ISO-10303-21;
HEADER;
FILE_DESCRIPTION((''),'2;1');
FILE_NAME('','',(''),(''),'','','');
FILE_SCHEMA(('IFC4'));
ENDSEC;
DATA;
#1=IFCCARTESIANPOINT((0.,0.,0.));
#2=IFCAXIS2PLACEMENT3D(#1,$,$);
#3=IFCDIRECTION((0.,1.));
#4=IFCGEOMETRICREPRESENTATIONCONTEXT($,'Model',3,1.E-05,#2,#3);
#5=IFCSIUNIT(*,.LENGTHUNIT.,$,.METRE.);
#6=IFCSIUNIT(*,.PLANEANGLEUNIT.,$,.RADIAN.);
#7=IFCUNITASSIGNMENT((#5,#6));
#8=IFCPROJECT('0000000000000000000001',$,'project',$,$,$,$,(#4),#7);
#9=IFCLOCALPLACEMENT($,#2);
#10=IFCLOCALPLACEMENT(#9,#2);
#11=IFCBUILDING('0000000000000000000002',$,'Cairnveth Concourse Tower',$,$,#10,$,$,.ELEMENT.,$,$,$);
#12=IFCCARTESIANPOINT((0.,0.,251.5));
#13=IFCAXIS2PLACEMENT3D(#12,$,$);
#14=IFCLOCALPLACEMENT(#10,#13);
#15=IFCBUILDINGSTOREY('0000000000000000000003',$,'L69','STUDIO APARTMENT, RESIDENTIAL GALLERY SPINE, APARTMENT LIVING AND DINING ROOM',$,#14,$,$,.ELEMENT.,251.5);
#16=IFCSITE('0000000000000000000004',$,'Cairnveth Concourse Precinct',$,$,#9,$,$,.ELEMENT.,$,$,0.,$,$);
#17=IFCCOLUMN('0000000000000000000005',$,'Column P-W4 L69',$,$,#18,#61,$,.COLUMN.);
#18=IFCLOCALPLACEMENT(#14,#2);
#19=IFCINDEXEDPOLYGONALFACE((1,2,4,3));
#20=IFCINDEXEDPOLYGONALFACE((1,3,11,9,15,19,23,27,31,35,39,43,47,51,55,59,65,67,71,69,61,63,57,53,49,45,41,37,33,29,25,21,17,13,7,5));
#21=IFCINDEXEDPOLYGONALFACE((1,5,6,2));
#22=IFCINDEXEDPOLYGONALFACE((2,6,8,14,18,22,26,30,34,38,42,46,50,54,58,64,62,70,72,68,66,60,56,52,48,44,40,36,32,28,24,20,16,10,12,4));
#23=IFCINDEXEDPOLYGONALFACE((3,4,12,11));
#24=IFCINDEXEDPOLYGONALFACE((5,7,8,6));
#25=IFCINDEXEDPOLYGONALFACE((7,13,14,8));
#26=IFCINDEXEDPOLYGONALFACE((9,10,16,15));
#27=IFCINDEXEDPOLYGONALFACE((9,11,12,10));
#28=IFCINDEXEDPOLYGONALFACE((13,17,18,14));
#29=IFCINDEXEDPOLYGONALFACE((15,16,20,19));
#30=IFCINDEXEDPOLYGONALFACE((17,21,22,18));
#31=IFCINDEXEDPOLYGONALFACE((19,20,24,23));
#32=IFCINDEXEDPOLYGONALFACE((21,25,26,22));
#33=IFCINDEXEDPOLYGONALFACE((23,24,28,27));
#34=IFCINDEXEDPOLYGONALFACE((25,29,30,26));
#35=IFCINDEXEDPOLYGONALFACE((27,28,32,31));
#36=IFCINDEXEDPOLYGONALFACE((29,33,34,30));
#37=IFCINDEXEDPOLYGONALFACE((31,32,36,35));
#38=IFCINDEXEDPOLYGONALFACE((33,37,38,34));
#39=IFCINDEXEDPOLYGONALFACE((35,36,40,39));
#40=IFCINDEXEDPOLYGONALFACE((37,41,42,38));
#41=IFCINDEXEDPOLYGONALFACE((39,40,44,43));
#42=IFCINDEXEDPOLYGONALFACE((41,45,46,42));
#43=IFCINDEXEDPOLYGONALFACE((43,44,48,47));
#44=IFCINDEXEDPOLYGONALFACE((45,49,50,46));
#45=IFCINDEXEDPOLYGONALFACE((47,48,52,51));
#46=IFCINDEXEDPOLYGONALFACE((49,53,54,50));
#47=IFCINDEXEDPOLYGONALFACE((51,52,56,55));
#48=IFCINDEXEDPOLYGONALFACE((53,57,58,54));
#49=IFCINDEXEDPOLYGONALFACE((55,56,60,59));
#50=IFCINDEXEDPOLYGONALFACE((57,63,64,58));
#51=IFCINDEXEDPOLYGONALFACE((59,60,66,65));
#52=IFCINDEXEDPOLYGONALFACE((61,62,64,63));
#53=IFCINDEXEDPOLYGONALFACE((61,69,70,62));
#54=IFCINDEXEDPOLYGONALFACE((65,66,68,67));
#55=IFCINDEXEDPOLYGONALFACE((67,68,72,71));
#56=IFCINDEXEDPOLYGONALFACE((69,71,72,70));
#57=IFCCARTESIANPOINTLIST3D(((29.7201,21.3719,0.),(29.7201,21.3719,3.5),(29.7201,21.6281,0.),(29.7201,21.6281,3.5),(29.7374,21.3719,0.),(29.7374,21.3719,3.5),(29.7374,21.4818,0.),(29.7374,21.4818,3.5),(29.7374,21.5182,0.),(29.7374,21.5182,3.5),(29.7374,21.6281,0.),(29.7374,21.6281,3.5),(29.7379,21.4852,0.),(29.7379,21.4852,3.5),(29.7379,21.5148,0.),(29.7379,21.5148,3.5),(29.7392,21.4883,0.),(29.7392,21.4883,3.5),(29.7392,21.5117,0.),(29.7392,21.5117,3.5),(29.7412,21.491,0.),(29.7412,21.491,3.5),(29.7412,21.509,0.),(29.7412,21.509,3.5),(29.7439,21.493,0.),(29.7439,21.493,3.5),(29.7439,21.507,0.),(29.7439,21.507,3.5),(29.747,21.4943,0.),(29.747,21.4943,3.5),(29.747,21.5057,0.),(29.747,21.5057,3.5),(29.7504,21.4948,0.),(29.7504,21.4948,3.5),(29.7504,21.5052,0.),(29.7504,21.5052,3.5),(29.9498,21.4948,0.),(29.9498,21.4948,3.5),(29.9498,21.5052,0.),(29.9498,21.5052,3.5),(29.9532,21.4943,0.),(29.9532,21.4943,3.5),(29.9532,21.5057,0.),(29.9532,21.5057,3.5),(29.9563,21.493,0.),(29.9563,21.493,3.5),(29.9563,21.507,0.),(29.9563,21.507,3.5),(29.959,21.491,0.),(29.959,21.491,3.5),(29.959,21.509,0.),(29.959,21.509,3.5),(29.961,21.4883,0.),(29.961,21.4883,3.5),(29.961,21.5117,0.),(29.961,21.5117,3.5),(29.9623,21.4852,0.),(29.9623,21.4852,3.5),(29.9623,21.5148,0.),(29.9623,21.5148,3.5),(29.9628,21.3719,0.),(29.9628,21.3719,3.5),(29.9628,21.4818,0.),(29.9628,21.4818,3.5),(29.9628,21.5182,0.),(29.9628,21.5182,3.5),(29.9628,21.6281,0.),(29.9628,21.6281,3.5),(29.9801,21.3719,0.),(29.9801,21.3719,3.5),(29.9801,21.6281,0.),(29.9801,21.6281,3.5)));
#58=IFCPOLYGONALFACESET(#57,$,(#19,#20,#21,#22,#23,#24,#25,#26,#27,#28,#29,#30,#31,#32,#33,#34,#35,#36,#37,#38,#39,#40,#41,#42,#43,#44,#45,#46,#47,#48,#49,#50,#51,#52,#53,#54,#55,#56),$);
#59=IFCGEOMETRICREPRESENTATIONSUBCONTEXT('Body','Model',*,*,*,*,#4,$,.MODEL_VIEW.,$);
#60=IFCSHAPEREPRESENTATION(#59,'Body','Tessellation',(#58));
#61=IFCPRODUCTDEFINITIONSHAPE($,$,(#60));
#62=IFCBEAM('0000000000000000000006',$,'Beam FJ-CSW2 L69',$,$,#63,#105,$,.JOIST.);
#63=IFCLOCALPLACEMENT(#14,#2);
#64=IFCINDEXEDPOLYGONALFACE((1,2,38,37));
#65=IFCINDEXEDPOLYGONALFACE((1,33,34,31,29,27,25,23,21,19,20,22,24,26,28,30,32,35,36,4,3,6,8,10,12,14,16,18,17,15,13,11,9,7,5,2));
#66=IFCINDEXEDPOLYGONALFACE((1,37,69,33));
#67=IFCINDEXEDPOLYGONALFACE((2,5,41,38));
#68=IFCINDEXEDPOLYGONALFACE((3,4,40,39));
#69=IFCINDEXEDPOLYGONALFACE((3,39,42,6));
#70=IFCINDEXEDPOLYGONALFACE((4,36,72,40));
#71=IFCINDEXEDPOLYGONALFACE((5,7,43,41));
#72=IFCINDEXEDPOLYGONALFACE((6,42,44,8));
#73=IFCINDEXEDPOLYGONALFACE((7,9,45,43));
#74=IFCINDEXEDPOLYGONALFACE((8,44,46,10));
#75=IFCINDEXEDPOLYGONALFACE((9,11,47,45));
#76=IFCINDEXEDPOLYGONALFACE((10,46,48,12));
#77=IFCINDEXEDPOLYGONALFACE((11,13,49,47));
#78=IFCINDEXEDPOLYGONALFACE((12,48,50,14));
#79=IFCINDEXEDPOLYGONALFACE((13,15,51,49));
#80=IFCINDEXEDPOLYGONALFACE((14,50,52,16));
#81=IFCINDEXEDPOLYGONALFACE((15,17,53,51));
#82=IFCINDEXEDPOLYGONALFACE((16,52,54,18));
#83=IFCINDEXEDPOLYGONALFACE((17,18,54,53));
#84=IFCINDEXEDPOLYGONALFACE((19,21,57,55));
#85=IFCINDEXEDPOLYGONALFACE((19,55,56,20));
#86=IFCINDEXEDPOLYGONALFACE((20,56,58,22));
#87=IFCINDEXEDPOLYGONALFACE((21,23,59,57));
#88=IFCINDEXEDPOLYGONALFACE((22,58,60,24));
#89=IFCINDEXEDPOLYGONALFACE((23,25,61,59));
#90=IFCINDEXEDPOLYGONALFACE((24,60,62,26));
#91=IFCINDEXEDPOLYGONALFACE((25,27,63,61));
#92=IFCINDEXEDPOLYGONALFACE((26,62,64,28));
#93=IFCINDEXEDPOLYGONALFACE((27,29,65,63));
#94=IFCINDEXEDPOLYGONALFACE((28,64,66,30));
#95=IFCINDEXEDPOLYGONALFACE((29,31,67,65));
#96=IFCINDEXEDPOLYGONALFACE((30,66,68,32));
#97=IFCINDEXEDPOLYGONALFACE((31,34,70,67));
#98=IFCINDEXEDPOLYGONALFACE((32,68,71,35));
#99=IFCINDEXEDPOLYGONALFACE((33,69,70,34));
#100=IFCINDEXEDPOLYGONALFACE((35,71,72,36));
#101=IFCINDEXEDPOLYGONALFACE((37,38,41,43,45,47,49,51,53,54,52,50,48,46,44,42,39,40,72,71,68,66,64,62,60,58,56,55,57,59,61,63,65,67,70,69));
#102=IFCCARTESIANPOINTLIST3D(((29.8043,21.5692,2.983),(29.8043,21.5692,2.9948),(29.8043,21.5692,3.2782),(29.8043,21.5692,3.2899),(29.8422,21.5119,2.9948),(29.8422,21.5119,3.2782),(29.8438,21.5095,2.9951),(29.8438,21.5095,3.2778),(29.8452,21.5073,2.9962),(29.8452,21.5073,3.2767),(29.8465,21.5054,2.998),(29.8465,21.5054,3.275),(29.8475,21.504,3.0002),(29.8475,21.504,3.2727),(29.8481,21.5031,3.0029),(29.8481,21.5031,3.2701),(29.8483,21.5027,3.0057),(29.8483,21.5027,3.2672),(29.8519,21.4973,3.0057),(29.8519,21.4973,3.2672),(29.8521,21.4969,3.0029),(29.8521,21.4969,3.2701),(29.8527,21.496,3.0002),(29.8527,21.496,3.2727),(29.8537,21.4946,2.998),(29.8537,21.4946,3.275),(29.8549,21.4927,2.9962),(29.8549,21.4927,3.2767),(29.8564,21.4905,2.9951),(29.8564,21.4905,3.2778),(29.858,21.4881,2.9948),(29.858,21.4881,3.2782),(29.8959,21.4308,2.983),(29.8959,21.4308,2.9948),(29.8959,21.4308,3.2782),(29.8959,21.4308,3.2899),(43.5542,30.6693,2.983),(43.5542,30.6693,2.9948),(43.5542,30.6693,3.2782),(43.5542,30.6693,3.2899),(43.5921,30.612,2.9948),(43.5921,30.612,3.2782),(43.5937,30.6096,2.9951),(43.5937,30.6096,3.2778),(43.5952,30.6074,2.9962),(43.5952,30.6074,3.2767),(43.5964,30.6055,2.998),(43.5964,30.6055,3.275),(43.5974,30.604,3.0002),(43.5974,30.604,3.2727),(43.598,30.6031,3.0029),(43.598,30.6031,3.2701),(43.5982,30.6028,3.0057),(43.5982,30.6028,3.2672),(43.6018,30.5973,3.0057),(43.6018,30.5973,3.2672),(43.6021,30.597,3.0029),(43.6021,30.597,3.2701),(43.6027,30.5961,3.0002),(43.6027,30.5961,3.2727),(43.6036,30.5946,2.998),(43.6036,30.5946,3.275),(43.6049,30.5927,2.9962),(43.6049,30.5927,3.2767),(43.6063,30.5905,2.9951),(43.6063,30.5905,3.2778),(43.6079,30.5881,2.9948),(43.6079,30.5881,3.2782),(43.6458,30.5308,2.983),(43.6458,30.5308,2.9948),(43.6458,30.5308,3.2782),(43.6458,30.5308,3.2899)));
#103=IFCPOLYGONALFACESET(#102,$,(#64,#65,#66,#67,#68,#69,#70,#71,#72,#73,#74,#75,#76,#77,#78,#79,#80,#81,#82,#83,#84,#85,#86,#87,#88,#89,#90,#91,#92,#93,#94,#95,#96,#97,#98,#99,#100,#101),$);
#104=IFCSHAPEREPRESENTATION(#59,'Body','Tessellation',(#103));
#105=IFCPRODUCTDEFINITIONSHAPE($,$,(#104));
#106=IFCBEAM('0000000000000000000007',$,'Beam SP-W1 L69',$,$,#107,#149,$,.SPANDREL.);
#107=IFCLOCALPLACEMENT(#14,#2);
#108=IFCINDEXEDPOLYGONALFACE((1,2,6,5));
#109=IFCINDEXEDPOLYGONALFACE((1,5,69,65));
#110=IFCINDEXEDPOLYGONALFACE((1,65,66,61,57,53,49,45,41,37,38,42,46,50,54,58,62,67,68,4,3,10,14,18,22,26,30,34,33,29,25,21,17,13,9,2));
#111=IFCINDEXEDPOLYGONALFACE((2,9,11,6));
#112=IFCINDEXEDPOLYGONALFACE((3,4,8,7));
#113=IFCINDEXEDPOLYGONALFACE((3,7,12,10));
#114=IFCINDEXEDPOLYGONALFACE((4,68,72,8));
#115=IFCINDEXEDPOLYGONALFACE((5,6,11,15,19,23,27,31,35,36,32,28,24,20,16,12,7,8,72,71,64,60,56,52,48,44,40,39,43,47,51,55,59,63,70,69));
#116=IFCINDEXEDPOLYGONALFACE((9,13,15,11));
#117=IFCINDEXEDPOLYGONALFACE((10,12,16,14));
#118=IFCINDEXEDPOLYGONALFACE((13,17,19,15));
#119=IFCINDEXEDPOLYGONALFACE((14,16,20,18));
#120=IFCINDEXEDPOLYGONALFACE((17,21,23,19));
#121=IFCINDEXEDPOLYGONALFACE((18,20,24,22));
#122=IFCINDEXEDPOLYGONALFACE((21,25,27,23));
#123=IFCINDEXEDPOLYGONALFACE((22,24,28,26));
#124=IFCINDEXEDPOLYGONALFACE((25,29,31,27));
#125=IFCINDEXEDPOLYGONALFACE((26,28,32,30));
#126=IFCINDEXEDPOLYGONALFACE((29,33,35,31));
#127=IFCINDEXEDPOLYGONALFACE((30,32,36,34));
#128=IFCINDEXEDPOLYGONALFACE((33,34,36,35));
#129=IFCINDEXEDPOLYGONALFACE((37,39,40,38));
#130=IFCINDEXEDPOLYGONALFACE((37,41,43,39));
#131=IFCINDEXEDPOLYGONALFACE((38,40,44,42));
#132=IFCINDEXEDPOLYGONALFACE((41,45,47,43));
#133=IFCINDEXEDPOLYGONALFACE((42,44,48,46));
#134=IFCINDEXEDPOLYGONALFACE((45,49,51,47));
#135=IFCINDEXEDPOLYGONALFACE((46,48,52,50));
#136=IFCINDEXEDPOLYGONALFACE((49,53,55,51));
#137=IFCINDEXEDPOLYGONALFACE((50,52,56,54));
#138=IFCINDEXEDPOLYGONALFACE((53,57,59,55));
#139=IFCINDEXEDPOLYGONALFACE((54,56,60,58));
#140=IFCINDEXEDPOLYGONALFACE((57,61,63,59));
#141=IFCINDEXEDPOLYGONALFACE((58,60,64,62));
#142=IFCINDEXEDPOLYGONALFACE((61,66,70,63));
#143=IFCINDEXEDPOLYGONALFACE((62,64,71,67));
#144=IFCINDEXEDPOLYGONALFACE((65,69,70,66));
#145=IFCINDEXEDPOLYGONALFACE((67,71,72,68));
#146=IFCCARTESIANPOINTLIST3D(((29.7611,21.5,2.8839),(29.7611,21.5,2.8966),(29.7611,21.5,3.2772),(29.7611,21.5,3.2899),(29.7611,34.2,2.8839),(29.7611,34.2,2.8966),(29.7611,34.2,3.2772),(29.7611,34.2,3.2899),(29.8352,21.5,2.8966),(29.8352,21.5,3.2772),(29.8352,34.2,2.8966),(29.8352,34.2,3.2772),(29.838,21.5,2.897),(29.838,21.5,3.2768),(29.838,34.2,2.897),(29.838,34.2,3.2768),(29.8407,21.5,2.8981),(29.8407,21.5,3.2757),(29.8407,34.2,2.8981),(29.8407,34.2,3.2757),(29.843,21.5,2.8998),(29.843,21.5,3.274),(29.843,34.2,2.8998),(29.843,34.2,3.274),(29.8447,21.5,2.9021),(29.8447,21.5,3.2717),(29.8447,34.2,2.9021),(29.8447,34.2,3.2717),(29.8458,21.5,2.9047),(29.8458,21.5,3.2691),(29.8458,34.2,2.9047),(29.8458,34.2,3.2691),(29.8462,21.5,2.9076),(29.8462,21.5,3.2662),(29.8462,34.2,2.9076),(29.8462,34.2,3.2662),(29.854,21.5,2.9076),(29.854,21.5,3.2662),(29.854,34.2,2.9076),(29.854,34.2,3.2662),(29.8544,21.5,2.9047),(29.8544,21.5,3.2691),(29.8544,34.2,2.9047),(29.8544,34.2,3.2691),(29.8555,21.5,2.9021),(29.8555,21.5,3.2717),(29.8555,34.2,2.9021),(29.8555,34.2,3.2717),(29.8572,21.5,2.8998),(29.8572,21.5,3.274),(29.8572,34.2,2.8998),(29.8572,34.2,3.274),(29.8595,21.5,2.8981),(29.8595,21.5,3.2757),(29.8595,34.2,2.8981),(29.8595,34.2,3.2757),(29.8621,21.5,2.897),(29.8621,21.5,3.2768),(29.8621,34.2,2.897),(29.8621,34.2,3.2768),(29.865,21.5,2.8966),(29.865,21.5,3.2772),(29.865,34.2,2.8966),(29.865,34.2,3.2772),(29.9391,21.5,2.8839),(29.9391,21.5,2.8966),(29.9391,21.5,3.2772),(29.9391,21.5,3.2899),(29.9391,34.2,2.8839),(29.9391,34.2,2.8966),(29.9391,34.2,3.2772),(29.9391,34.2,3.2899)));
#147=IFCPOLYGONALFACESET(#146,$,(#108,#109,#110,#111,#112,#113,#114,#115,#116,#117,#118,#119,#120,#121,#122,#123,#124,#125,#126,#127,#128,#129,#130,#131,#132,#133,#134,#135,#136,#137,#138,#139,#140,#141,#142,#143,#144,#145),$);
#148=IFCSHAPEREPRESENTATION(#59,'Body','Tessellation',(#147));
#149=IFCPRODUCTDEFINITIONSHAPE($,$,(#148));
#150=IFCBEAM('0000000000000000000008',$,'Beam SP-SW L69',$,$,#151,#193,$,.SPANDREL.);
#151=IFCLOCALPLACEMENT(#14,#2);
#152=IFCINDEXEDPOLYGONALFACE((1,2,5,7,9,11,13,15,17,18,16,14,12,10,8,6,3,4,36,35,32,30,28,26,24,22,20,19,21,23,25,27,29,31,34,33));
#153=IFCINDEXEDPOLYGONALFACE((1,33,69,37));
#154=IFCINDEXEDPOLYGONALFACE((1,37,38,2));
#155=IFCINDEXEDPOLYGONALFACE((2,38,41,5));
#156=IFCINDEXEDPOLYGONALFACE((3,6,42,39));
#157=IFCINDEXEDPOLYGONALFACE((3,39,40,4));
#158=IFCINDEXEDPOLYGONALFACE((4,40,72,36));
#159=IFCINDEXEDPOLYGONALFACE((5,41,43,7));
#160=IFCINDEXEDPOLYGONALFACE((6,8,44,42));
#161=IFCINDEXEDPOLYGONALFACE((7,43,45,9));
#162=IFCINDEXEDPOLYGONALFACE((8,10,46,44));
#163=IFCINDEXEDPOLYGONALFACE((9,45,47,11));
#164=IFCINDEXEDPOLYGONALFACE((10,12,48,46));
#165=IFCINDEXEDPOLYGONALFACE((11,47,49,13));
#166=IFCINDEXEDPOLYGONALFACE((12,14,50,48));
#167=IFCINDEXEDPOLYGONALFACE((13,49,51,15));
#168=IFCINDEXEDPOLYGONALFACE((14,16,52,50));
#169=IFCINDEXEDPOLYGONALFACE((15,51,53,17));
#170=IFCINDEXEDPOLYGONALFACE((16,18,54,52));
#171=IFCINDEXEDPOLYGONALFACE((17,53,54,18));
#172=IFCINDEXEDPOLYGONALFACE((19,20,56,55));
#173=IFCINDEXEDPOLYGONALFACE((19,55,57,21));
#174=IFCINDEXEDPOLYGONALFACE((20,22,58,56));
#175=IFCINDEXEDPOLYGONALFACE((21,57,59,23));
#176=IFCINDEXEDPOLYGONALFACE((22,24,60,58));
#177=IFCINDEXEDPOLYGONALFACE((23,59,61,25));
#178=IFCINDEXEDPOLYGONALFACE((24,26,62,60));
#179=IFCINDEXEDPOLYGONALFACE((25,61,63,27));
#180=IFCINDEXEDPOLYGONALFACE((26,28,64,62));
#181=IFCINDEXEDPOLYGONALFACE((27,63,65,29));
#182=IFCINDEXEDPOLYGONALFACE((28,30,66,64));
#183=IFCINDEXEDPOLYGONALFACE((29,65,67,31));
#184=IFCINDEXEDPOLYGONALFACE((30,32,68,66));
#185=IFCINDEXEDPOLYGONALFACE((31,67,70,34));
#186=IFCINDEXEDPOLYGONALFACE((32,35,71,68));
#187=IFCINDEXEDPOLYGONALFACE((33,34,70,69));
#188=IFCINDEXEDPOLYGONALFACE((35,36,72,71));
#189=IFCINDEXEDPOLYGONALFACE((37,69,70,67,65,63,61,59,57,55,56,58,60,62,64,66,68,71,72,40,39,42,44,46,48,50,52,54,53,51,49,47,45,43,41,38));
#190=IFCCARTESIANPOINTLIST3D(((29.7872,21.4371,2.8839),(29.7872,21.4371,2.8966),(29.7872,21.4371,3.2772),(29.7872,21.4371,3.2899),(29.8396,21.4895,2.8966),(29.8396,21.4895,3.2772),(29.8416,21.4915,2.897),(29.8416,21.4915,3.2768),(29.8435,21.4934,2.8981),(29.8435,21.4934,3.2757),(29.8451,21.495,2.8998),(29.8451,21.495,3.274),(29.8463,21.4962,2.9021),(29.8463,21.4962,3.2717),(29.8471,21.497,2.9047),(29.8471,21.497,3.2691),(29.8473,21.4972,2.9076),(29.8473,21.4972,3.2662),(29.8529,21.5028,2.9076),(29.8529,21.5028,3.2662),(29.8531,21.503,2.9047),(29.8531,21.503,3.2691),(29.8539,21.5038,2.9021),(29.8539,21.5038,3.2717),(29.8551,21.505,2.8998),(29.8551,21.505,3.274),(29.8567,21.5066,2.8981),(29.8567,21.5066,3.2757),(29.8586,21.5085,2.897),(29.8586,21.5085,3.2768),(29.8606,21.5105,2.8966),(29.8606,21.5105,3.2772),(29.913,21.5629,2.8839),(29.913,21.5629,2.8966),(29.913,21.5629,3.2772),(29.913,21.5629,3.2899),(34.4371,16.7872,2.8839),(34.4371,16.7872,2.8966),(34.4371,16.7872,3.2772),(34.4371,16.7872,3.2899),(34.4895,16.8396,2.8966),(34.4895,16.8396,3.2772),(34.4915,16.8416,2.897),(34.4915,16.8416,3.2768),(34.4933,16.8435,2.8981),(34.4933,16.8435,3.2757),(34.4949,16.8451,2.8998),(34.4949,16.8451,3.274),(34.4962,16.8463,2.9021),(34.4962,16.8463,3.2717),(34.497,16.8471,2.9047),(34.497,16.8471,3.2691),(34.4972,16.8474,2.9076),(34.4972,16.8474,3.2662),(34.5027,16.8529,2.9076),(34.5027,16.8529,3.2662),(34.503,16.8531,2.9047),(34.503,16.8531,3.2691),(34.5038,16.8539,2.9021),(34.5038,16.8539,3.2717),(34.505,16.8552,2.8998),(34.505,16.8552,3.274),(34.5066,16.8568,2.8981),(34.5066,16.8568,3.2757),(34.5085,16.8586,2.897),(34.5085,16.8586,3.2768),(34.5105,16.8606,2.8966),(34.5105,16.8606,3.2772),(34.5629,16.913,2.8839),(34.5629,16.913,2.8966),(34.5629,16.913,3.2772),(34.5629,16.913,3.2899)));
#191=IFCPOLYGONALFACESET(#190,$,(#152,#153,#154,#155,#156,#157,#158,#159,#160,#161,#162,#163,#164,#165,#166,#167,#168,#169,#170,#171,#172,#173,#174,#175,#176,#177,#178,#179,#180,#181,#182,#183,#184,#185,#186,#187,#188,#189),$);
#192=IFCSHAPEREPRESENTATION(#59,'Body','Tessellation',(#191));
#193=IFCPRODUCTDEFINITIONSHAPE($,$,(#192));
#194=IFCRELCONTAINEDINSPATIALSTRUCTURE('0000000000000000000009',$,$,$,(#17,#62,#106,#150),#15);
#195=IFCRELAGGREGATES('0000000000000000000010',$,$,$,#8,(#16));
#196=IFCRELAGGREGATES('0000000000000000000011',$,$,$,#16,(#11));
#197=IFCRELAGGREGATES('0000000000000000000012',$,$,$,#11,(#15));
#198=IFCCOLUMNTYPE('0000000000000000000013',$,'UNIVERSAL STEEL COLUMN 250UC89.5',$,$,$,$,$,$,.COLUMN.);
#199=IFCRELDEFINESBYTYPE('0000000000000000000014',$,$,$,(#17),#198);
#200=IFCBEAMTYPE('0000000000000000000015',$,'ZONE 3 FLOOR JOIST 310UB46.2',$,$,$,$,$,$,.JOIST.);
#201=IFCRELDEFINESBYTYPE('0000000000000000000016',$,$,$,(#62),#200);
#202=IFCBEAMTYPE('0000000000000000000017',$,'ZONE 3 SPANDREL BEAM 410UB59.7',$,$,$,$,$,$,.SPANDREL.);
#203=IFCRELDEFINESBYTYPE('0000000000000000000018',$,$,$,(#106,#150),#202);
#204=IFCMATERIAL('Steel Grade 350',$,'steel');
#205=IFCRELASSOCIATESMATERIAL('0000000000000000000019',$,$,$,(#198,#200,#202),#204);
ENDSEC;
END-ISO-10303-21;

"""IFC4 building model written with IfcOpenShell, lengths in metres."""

from ifc_helpers import new_model, si_unit, direction, frame, origin, origin_2d, place, context, subcontext, project, spatial, i_section, extrude, material, material_profile, profile_set, type_object, element, save


model = new_model("IFC4")

# Units and contexts
model_context = context("Model", 3, precision=1e-05, world=origin(), true_north=direction((0.0, 1.0)))
body_context = subcontext(model_context, "Body", "Model", "MODEL_VIEW")
ifc_project = project(units=[si_unit("LENGTHUNIT", "METRE"), si_unit("PLANEANGLEUNIT", "RADIAN")], contexts=[model_context])

# Site, building, storey
site_placement = place(None, origin())
site = spatial("IfcSite", under=ifc_project, at=site_placement, Name="Cairnveth Concourse Precinct", CompositionType="ELEMENT", RefElevation=0.0)
building_placement = place(site_placement, origin())
building = spatial("IfcBuilding", under=site, at=building_placement, Name="Cairnveth Concourse Tower", CompositionType="ELEMENT")
storey_placement = place(building_placement, frame((0.0, 0.0, 251.5)))
storey = spatial("IfcBuildingStorey", under=building, at=storey_placement, Name="L69", Description="STUDIO APARTMENT, RESIDENTIAL GALLERY SPINE, APARTMENT LIVING AND DINING ROOM", CompositionType="ELEMENT", Elevation=251.5)

# Column
ifc_material_1 = material(Name="Steel Grade 350", Category="steel")
ifc_material_profile_1 = material_profile(ifc_material_1, i_section(OverallWidth=0.2561, OverallDepth=0.26, WebThickness=0.0105, FlangeThickness=0.0173, FilletRadius=0.0129, at=origin_2d()), Name="250UC89.5")
ifc_profile_set_1 = profile_set([ifc_material_profile_1], Name="Steel Grade 350")
column_type = type_object("IfcColumnType", Name="UNIVERSAL STEEL COLUMN 250UC89.5", PredefinedType="COLUMN", material=ifc_profile_set_1)
column_placement = place(storey_placement, frame((29.8501, 21.5, 0.0), z_axis=(0.0, 0.0, 1.0), x_axis=(0.0, 1.0, 0.0)))
element("IfcColumn", 1, at=column_placement, inside=storey, type_object=column_type, Name="Column P-W4 L69", PredefinedType="COLUMN", context=body_context, shape_type="SweptSolid", body=[
    extrude(i_section(OverallWidth=0.2561, OverallDepth=0.26, WebThickness=0.0105, FlangeThickness=0.0173, FilletRadius=0.0129, at=origin_2d()), origin(), (0.0, 0.0, 1.0), 3.5),
])

# Beams
ifc_material_profile_2 = material_profile(ifc_material_1, i_section(OverallWidth=0.166, OverallDepth=0.3069, WebThickness=0.0066, FlangeThickness=0.0117, FilletRadius=0.011, at=origin_2d()), Name="310UB46.2")
ifc_profile_set_2 = profile_set([ifc_material_profile_2], Name="Steel Grade 350")
beam_type_1 = type_object("IfcBeamType", Name="ZONE 3 FLOOR JOIST 310UB46.2", PredefinedType="JOIST", material=ifc_profile_set_2)
beam_1_placement = place(storey_placement, frame((29.8501, 21.5, 3.1365), z_axis=(0.833909, 0.551902, 0.0), x_axis=(-0.551902, 0.833909, 0.0)))
element("IfcBeam", 2, at=beam_1_placement, inside=storey, type_object=beam_type_1, Name="Beam FJ-CSW2 L69", PredefinedType="JOIST", context=body_context, shape_type="SweptSolid", body=[
    extrude(i_section(OverallWidth=0.166, OverallDepth=0.3069, WebThickness=0.0066, FlangeThickness=0.0117, FilletRadius=0.011, at=origin_2d()), origin(), (0.0, 0.0, 1.0), 16.4885),
])
ifc_material_profile_3 = material_profile(ifc_material_1, i_section(OverallWidth=0.178, OverallDepth=0.406, WebThickness=0.0078, FlangeThickness=0.0127, FilletRadius=0.011, at=origin_2d()), Name="410UB59.7")
ifc_profile_set_3 = profile_set([ifc_material_profile_3], Name="Steel Grade 350")
beam_type_2 = type_object("IfcBeamType", Name="ZONE 3 SPANDREL BEAM 410UB59.7", PredefinedType="SPANDREL", material=ifc_profile_set_3)
beam_2_placement = place(storey_placement, frame((29.8501, 21.5, 3.0869), z_axis=(0.0, 1.0, 0.0), x_axis=(-1.0, 0.0, 0.0)))
element("IfcBeam", 3, at=beam_2_placement, inside=storey, type_object=beam_type_2, Name="Beam SP-W1 L69", PredefinedType="SPANDREL", context=body_context, shape_type="SweptSolid", body=[
    extrude(i_section(OverallWidth=0.178, OverallDepth=0.406, WebThickness=0.0078, FlangeThickness=0.0127, FilletRadius=0.011, at=origin_2d()), origin(), (0.0, 0.0, 1.0), 12.7),
])
beam_3_placement = place(storey_placement, frame((29.8501, 21.5, 3.0869), z_axis=(0.707107, -0.707107, 0.0), x_axis=(0.707107, 0.707107, 0.0)))
element("IfcBeam", 4, at=beam_3_placement, inside=storey, type_object=beam_type_2, Name="Beam SP-SW L69", PredefinedType="SPANDREL", context=body_context, shape_type="SweptSolid", body=[
    extrude(i_section(OverallWidth=0.178, OverallDepth=0.406, WebThickness=0.0078, FlangeThickness=0.0127, FilletRadius=0.011, at=origin_2d()), origin(), (0.0, 0.0, 1.0), 6.5759),
])

save(model, "model.ifc")
